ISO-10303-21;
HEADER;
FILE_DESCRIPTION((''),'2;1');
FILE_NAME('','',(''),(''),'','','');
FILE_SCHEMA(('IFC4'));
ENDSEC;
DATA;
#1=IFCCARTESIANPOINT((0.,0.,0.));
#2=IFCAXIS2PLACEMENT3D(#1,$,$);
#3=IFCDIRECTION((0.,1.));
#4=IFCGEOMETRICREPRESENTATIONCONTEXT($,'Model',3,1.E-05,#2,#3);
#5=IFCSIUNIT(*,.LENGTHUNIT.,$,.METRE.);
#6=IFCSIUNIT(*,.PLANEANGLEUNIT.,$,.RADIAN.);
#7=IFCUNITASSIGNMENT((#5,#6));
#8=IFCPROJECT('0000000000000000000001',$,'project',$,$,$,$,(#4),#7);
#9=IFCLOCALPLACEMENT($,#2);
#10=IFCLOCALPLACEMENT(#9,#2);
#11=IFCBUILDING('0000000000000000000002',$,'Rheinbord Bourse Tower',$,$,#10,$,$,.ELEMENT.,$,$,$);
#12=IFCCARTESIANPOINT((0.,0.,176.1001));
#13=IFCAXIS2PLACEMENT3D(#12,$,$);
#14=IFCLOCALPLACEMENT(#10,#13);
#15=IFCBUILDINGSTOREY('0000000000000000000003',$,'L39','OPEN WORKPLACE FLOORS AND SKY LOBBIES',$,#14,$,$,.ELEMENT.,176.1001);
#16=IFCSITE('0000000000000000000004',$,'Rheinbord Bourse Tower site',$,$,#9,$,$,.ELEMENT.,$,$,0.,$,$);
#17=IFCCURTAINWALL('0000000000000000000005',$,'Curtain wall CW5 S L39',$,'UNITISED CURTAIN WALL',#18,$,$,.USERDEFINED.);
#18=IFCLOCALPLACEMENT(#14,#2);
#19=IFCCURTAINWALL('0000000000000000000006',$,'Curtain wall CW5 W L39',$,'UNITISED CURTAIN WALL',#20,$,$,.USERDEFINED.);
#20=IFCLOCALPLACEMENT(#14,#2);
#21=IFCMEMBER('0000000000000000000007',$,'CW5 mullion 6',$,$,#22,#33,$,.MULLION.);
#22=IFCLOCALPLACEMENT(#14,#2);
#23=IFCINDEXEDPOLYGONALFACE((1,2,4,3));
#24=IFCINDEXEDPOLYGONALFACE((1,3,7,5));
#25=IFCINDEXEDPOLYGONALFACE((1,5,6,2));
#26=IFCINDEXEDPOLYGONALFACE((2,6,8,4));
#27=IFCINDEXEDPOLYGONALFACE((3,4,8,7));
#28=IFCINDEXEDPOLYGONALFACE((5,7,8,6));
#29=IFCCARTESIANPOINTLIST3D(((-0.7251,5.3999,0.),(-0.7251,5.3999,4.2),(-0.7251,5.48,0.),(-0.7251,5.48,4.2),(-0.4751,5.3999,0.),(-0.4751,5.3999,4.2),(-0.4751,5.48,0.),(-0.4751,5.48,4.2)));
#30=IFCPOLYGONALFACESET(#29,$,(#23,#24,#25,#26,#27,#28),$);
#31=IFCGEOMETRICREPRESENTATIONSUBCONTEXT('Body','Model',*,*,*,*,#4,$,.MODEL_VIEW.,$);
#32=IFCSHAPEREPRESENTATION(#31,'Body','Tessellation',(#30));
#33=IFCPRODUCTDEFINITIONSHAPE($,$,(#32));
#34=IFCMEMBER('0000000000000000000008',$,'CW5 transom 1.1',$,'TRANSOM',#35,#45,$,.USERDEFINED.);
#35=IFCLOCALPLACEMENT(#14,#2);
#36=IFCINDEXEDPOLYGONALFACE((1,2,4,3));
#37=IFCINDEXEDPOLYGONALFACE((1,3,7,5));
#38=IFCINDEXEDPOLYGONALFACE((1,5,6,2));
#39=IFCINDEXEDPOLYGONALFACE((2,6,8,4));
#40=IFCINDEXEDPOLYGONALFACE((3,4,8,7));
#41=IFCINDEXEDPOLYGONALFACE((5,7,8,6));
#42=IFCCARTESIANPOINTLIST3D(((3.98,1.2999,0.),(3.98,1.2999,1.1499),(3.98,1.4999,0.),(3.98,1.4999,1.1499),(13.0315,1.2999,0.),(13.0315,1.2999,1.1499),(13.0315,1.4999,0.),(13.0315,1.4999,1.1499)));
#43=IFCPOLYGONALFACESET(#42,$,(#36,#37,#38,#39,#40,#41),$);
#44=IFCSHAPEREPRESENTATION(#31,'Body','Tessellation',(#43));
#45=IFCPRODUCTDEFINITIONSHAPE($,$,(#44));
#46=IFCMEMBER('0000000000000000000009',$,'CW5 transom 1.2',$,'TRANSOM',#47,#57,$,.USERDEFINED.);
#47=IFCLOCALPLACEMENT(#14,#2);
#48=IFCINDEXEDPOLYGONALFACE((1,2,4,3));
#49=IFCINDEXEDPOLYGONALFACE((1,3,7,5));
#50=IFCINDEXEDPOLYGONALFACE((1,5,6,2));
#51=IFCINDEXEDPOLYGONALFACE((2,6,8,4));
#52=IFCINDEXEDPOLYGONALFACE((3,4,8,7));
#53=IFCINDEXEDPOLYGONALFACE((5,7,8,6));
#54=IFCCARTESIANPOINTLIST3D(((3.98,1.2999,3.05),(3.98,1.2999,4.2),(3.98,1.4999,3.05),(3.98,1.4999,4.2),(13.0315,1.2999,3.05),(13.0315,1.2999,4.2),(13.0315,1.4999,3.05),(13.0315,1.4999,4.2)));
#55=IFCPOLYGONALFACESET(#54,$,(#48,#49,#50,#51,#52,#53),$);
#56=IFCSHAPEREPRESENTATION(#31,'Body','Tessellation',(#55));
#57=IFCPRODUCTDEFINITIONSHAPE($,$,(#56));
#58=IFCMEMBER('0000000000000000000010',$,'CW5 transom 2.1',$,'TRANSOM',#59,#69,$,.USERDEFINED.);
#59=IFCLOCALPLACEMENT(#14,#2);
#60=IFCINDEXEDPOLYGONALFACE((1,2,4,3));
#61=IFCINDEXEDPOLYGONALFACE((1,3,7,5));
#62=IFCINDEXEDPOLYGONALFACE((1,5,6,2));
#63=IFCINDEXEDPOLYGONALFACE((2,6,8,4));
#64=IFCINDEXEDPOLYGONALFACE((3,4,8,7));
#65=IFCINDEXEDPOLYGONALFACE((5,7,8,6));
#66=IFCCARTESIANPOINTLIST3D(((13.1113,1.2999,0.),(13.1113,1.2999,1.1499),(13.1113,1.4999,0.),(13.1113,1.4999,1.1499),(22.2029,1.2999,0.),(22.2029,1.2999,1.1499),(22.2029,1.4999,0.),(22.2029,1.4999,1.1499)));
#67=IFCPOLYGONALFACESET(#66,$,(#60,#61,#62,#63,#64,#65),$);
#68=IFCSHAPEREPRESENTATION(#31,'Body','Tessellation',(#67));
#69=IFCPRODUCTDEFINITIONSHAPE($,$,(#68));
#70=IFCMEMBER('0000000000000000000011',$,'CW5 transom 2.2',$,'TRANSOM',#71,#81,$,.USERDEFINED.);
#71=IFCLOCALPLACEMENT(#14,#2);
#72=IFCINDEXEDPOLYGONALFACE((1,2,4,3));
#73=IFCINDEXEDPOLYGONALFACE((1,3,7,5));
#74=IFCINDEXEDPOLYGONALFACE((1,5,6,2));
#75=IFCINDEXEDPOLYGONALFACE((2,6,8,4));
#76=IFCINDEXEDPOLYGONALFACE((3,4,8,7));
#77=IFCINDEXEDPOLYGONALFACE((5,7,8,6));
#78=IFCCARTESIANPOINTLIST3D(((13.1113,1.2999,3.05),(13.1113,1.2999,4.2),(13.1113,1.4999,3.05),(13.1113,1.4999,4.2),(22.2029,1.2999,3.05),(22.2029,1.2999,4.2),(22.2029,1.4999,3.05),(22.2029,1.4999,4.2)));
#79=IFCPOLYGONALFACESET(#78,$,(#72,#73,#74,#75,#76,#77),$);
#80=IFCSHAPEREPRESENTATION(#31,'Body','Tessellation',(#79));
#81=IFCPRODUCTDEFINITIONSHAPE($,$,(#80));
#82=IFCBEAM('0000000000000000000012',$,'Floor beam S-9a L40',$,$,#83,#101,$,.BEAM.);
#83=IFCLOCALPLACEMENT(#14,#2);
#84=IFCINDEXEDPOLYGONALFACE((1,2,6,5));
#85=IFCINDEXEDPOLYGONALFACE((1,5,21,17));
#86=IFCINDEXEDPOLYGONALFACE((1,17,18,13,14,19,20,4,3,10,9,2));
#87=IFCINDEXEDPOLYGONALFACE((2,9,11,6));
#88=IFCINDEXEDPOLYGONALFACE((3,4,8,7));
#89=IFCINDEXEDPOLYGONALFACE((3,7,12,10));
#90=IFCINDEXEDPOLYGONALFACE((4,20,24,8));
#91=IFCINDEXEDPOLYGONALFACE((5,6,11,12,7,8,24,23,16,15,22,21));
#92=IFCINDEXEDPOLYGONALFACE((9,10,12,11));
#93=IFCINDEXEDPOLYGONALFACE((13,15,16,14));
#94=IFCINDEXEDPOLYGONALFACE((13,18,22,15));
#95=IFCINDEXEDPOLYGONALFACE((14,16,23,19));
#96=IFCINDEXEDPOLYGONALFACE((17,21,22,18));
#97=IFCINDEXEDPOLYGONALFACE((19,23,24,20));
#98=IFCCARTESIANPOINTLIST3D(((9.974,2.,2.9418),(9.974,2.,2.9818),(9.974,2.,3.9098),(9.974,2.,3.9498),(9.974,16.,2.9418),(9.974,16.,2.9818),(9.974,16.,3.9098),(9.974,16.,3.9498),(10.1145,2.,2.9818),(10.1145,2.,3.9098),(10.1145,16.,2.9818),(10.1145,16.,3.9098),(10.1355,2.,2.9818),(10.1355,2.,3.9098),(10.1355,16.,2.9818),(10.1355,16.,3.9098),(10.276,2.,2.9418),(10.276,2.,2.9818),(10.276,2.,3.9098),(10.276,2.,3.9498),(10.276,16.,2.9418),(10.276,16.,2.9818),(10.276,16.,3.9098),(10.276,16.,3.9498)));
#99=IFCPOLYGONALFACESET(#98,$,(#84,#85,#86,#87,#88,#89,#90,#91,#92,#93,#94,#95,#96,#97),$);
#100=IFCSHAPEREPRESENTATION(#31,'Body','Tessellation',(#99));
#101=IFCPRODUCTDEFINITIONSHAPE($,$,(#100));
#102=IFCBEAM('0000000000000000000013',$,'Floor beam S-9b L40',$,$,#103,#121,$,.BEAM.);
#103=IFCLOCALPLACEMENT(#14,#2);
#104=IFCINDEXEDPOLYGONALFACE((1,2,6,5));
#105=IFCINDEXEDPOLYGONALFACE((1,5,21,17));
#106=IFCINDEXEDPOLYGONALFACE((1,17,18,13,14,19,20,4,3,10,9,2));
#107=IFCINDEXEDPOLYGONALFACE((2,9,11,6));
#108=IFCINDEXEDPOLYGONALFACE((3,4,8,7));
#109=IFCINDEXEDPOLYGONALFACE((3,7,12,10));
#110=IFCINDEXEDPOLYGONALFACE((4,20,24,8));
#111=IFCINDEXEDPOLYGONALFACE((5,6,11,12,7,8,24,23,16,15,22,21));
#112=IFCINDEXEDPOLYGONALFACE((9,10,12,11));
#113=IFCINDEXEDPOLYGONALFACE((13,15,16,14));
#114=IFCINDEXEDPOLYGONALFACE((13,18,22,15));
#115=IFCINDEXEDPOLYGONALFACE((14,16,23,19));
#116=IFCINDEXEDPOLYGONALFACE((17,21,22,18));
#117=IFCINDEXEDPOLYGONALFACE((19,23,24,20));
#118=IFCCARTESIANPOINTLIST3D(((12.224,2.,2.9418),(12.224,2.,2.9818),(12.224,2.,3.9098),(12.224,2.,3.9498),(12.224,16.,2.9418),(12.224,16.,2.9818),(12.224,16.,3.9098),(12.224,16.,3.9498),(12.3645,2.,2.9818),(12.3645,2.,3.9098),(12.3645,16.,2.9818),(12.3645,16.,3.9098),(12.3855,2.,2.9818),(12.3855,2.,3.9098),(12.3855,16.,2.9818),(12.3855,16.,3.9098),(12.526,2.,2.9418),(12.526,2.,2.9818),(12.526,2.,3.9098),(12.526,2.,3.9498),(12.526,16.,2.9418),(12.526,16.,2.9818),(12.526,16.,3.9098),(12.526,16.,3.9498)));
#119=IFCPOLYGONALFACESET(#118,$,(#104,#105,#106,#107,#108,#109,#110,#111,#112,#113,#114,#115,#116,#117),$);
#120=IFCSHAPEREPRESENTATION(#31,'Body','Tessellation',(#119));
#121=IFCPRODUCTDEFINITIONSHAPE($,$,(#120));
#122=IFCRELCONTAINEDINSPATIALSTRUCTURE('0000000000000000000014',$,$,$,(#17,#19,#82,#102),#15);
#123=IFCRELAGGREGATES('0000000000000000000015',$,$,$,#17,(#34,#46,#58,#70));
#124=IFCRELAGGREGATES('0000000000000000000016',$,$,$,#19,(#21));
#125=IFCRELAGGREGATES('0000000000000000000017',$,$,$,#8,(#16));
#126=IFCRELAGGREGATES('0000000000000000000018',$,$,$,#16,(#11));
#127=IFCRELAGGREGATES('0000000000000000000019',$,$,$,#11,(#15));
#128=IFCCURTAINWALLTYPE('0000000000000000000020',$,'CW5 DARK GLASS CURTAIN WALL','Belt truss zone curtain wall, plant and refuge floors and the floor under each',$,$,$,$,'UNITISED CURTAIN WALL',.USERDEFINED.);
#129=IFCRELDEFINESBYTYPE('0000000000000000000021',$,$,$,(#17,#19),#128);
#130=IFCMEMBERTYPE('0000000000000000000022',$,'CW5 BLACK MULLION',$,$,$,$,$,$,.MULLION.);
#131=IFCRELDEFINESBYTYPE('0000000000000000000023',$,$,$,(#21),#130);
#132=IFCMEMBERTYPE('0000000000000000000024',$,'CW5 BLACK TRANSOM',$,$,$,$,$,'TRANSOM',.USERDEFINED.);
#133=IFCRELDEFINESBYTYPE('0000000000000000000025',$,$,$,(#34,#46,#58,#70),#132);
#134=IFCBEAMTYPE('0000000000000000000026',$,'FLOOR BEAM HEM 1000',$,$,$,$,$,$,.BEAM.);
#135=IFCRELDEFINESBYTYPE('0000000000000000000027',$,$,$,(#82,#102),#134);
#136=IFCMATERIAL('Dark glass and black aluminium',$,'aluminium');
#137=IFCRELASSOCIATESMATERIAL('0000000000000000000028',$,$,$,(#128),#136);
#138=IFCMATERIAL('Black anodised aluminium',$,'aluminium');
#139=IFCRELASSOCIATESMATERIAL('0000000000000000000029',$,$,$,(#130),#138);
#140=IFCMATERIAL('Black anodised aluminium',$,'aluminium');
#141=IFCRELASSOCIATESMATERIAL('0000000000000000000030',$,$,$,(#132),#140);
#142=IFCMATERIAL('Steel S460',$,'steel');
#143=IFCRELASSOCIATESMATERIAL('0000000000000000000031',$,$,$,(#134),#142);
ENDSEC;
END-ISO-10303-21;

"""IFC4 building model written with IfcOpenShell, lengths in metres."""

from ifc_helpers import new_model, si_unit, direction, frame, origin, origin_2d, place, context, subcontext, project, spatial, rectangle, i_section, extrude, material, material_profile, profile_set, type_object, element, aggregate, save


model = new_model("IFC4")

# Units and contexts
model_context = context("Model", 3, precision=1e-05, world=origin(), true_north=direction((0.0, 1.0)))
body_context = subcontext(model_context, "Body", "Model", "MODEL_VIEW")
ifc_project = project(units=[si_unit("LENGTHUNIT", "METRE"), si_unit("PLANEANGLEUNIT", "RADIAN")], contexts=[model_context])

# Site, building, storey
site_placement = place(None, origin())
site = spatial("IfcSite", under=ifc_project, at=site_placement, Name="Rheinbord Bourse Tower site", CompositionType="ELEMENT", RefElevation=0.0)
building_placement = place(site_placement, origin())
building = spatial("IfcBuilding", under=site, at=building_placement, Name="Rheinbord Bourse Tower", CompositionType="ELEMENT")
storey_placement = place(building_placement, frame((0.0, 0.0, 176.1001)))
storey = spatial("IfcBuildingStorey", under=building, at=storey_placement, Name="L39", Description="OPEN WORKPLACE FLOORS AND SKY LOBBIES", CompositionType="ELEMENT", Elevation=176.1001)

# Curtain wall
ifc_material_1 = material(Name="Dark glass and black aluminium", Category="aluminium")
curtain_wall_type = type_object("IfcCurtainWallType", Name="CW5 DARK GLASS CURTAIN WALL", Description="Belt truss zone curtain wall, plant and refuge floors and the floor under each", ElementType="UNITISED CURTAIN WALL", PredefinedType="USERDEFINED", material=ifc_material_1)
curtain_wall_1_placement = place(storey_placement, origin())
curtain_wall_1 = element("IfcCurtainWall", 1, at=curtain_wall_1_placement, inside=storey, type_object=curtain_wall_type, Name="Curtain wall CW5 S L39", ObjectType="UNITISED CURTAIN WALL", PredefinedType="USERDEFINED")
ifc_material_2 = material(Name="Black anodised aluminium", Category="aluminium")
ifc_material_profile_1 = material_profile(ifc_material_2, rectangle(XDim=0.25, YDim=0.0801, at=origin_2d()), Name="CW5 MULLION 80x250")
ifc_profile_set_1 = profile_set([ifc_material_profile_1], Name="Black anodised aluminium")
member_type_1 = type_object("IfcMemberType", Name="CW5 BLACK MULLION", PredefinedType="MULLION", material=ifc_profile_set_1)

# Curtain wall, member
curtain_wall_2_placement = place(storey_placement, origin())
curtain_wall_2 = element("IfcCurtainWall", 2, at=curtain_wall_2_placement, inside=storey, type_object=curtain_wall_type, Name="Curtain wall CW5 W L39", ObjectType="UNITISED CURTAIN WALL", PredefinedType="USERDEFINED")
member_1_placement = place(storey_placement, frame((-0.6001, 5.4399, 0.0), z_axis=(0.0, 0.0, 1.0), x_axis=(1.0, 0.0, 0.0)))
member_1 = element("IfcMember", 3, at=member_1_placement, type_object=member_type_1, Name="CW5 mullion 6", PredefinedType="MULLION", context=body_context, shape_type="SweptSolid", body=[
    extrude(rectangle(XDim=0.25, YDim=0.0801, at=origin_2d()), origin(), (0.0, 0.0, 1.0), 4.2),
])

# Members
ifc_material_3 = material(Name="Black anodised aluminium", Category="aluminium")
ifc_material_profile_2 = material_profile(ifc_material_3, rectangle(XDim=0.2, YDim=1.1499, at=origin_2d()), Name="CW5 TRANSOM 1150x200")
ifc_profile_set_2 = profile_set([ifc_material_profile_2], Name="Black anodised aluminium")
member_type_2 = type_object("IfcMemberType", Name="CW5 BLACK TRANSOM", ElementType="TRANSOM", PredefinedType="USERDEFINED", material=ifc_profile_set_2)
member_2_placement = place(storey_placement, frame((3.98, 1.3999, 0.575), z_axis=(1.0, 0.0, 0.0), x_axis=(0.0, 1.0, 0.0)))
member_2 = element("IfcMember", 4, at=member_2_placement, type_object=member_type_2, Name="CW5 transom 1.1", ObjectType="TRANSOM", PredefinedType="USERDEFINED", context=body_context, shape_type="SweptSolid", body=[
    extrude(rectangle(XDim=0.2, YDim=1.1499, at=origin_2d()), origin(), (0.0, 0.0, 1.0), 9.0515),
])
member_3_placement = place(storey_placement, frame((3.98, 1.3999, 3.625), z_axis=(1.0, 0.0, 0.0), x_axis=(0.0, 1.0, 0.0)))
member_3 = element("IfcMember", 5, at=member_3_placement, type_object=member_type_2, Name="CW5 transom 1.2", ObjectType="TRANSOM", PredefinedType="USERDEFINED", context=body_context, shape_type="SweptSolid", body=[
    extrude(rectangle(XDim=0.2, YDim=1.1499, at=origin_2d()), origin(), (0.0, 0.0, 1.0), 9.0515),
])
member_4_placement = place(storey_placement, frame((13.1113, 1.3999, 0.575), z_axis=(1.0, 0.0, 0.0), x_axis=(0.0, 1.0, 0.0)))
member_4 = element("IfcMember", 6, at=member_4_placement, type_object=member_type_2, Name="CW5 transom 2.1", ObjectType="TRANSOM", PredefinedType="USERDEFINED", context=body_context, shape_type="SweptSolid", body=[
    extrude(rectangle(XDim=0.2, YDim=1.1499, at=origin_2d()), origin(), (0.0, 0.0, 1.0), 9.0916),
])
member_5_placement = place(storey_placement, frame((13.1113, 1.3999, 3.625), z_axis=(1.0, 0.0, 0.0), x_axis=(0.0, 1.0, 0.0)))
member_5 = element("IfcMember", 7, at=member_5_placement, type_object=member_type_2, Name="CW5 transom 2.2", ObjectType="TRANSOM", PredefinedType="USERDEFINED", context=body_context, shape_type="SweptSolid", body=[
    extrude(rectangle(XDim=0.2, YDim=1.1499, at=origin_2d()), origin(), (0.0, 0.0, 1.0), 9.0916),
])

# Beams
ifc_material_4 = material(Name="Steel S460", Category="steel")
ifc_material_profile_3 = material_profile(ifc_material_4, i_section(OverallWidth=0.302, OverallDepth=1.0081, WebThickness=0.021, FlangeThickness=0.04, at=origin_2d()), Name="HEM 1000")
ifc_profile_set_3 = profile_set([ifc_material_profile_3], Name="Steel S460")
beam_type_1 = type_object("IfcBeamType", Name="FLOOR BEAM HEM 1000", PredefinedType="BEAM", material=ifc_profile_set_3)
for number, where, z_axis, x_axis, name in (
    (8, (10.125, 2.0, 3.4458), (0.0, 1.0, 0.0), (-1.0, 0.0, 0.0), "Floor beam S-9a L40"),
    (9, (12.375, 2.0, 3.4458), (0.0, 1.0, 0.0), (-1.0, 0.0, 0.0), "Floor beam S-9b L40"),
):
    element("IfcBeam", number, at=place(storey_placement, frame(where, z_axis=z_axis, x_axis=x_axis)), inside=storey, type_object=beam_type_1, Name=name, PredefinedType="BEAM", context=body_context, shape_type="SweptSolid", body=[
        extrude(i_section(OverallWidth=0.302, OverallDepth=1.0081, WebThickness=0.021, FlangeThickness=0.04, at=origin_2d()), origin(), (0.0, 0.0, 1.0), 14.0),
    ])

aggregate(curtain_wall_1, [member_2, member_3, member_4, member_5])
aggregate(curtain_wall_2, [member_1])

save(model, "model.ifc")
